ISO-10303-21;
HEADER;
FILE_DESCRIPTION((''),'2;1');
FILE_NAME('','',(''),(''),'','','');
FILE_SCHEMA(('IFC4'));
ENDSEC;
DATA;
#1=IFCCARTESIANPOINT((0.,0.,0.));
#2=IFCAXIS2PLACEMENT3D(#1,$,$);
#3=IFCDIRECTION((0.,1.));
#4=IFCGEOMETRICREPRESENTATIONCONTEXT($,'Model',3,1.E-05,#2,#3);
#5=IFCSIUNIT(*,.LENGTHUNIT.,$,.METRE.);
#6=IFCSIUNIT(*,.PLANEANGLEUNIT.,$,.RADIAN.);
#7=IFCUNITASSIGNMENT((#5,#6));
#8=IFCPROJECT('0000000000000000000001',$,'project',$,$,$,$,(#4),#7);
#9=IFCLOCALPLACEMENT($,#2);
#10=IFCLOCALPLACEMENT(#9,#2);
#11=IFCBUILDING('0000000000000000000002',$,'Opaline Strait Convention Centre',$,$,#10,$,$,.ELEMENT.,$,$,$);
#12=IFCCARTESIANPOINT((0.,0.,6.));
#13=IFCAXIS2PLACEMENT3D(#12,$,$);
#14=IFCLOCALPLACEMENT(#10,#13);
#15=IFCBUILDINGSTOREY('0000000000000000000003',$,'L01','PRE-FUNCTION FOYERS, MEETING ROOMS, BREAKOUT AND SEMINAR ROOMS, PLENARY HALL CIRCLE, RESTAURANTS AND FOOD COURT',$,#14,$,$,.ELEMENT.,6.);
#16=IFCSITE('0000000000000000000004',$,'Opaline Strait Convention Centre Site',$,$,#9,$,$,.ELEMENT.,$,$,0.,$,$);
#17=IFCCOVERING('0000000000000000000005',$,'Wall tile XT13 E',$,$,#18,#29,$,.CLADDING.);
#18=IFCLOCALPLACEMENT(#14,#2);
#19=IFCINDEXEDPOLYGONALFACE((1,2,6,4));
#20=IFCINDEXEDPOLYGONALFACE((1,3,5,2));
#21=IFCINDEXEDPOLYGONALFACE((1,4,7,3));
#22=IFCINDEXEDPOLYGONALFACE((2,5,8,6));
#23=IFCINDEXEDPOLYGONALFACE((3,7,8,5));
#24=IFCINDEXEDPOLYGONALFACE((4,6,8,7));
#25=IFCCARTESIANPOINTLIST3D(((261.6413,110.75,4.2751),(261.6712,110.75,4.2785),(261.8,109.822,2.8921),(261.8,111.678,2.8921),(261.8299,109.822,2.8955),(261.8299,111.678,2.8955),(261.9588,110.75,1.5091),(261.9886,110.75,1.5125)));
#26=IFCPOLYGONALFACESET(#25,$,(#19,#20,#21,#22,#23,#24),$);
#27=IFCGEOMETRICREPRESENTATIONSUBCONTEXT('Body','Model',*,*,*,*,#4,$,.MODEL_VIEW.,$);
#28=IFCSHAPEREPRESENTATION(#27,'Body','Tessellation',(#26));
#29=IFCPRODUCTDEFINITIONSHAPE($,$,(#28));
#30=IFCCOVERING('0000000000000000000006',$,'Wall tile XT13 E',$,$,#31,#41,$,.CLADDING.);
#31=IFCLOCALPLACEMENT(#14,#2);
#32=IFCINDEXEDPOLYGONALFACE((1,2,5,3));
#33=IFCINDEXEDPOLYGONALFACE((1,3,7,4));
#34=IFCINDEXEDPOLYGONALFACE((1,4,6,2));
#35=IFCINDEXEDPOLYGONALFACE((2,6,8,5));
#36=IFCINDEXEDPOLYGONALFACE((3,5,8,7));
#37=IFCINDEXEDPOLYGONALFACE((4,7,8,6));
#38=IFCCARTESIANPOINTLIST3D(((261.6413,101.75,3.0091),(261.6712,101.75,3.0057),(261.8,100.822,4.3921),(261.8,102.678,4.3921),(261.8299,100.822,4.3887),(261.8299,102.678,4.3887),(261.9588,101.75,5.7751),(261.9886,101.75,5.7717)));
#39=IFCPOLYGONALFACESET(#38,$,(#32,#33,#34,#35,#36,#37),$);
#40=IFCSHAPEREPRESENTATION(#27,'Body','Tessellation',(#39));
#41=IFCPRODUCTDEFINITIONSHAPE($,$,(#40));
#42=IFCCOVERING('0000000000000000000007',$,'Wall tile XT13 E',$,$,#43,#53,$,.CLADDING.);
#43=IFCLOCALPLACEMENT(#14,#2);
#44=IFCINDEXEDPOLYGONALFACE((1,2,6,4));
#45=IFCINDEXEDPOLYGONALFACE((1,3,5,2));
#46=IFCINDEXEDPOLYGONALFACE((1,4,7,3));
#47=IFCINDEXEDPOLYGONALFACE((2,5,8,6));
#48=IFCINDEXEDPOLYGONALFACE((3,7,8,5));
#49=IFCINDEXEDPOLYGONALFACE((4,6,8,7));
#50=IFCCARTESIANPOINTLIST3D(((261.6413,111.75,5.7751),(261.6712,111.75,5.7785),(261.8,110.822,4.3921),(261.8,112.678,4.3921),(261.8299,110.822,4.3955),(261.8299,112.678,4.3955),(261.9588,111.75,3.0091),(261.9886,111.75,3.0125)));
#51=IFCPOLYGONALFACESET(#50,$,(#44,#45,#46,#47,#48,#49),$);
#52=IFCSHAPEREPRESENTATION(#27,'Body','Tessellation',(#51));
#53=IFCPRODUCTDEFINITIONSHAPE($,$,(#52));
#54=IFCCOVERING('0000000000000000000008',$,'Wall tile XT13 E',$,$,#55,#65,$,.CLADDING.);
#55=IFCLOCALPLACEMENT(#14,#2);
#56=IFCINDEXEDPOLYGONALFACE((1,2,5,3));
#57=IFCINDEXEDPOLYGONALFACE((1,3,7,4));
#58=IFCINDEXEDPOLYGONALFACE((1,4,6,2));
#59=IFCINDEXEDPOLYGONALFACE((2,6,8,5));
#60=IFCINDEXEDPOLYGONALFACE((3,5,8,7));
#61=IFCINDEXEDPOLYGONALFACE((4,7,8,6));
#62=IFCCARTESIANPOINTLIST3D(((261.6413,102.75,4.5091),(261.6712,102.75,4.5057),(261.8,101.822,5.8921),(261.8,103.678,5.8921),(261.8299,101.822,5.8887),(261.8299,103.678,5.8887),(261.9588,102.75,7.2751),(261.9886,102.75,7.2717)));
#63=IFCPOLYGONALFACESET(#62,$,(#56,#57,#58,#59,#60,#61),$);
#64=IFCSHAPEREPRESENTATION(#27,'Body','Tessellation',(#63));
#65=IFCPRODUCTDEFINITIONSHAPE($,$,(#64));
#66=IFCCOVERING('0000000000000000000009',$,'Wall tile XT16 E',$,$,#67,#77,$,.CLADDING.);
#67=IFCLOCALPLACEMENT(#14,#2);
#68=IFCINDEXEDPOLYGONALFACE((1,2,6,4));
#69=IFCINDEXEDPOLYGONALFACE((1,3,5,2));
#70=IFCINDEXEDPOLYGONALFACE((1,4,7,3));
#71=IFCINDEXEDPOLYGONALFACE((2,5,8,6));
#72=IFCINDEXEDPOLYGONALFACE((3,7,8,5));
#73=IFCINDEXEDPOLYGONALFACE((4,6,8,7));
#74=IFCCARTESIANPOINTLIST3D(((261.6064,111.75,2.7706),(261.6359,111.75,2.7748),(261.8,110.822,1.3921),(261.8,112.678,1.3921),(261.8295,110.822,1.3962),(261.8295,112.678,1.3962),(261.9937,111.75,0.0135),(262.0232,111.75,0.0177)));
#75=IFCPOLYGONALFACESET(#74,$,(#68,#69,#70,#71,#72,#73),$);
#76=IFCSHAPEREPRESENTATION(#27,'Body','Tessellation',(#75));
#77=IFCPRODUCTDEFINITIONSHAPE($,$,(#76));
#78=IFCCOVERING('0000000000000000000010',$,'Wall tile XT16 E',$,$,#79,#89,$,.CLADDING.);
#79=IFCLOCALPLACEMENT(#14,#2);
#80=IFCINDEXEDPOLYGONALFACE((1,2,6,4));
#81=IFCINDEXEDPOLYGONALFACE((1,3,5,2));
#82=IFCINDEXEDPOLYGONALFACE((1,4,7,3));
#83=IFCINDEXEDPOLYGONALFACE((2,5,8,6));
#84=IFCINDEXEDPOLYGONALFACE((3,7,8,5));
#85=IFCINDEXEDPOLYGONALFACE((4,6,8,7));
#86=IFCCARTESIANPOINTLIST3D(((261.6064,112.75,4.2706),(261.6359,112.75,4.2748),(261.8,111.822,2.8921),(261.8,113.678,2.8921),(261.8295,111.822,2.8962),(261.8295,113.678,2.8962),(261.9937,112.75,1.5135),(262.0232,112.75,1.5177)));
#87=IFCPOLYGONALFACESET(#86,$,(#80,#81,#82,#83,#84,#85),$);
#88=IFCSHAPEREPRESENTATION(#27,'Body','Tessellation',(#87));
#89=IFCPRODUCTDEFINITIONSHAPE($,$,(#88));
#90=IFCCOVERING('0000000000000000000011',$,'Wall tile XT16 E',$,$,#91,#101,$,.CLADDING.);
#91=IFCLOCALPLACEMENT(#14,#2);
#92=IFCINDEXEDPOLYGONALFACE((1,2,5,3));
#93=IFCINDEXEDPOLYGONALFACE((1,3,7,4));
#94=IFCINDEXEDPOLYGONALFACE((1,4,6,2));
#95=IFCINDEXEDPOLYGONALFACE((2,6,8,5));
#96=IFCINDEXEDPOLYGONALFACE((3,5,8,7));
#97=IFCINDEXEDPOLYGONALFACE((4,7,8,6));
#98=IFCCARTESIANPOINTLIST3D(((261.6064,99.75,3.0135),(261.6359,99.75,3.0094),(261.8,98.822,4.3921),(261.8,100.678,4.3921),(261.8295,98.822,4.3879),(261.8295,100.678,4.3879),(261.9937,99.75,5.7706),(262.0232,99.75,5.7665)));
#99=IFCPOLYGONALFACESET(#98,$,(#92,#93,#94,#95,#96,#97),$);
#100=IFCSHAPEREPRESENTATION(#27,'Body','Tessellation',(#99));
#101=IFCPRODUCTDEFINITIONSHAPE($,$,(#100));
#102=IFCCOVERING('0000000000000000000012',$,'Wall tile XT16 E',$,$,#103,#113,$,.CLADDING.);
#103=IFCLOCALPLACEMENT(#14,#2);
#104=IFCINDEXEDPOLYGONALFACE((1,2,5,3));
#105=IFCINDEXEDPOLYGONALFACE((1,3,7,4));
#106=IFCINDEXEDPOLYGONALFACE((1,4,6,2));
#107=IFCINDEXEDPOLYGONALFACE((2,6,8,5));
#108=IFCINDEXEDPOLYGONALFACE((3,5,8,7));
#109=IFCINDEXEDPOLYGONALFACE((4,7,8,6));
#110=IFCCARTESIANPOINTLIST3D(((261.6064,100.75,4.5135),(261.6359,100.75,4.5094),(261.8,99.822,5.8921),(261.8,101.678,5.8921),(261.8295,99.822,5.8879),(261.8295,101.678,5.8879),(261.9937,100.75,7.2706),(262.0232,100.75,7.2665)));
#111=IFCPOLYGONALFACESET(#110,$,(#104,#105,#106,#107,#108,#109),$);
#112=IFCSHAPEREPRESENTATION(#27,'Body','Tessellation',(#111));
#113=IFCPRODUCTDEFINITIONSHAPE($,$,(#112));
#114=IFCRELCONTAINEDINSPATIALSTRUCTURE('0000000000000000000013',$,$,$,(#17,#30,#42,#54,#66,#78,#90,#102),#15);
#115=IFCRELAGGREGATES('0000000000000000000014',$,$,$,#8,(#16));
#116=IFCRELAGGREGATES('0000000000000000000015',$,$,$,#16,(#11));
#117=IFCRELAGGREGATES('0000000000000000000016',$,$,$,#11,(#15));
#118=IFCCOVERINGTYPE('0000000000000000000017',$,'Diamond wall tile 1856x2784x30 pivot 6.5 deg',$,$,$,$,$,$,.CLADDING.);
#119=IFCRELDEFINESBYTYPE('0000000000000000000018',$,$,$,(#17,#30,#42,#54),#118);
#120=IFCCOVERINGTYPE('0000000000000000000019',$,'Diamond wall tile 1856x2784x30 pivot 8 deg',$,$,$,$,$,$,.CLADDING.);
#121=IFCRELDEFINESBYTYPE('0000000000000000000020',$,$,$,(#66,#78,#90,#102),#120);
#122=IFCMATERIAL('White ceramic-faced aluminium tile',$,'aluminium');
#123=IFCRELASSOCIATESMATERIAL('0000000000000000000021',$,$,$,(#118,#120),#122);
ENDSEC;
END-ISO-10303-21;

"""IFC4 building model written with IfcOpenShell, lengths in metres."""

from ifc_helpers import new_model, si_unit, direction, frame, origin, place, context, subcontext, project, spatial, polyline, outline, extrude, material, material_profile, profile_set, type_object, element, save


model = new_model("IFC4")

# Units and contexts
model_context = context("Model", 3, precision=1e-05, world=origin(), true_north=direction((0.0, 1.0)))
body_context = subcontext(model_context, "Body", "Model", "MODEL_VIEW")
ifc_project = project(units=[si_unit("LENGTHUNIT", "METRE"), si_unit("PLANEANGLEUNIT", "RADIAN")], contexts=[model_context])

# Site, building, storey
site_placement = place(None, origin())
site = spatial("IfcSite", under=ifc_project, at=site_placement, Name="Opaline Strait Convention Centre Site", CompositionType="ELEMENT", RefElevation=0.0)
building_placement = place(site_placement, origin())
building = spatial("IfcBuilding", under=site, at=building_placement, Name="Opaline Strait Convention Centre", CompositionType="ELEMENT")
storey_placement = place(building_placement, frame((0.0, 0.0, 6.0)))
storey = spatial("IfcBuildingStorey", under=building, at=storey_placement, Name="L01", Description="PRE-FUNCTION FOYERS, MEETING ROOMS, BREAKOUT AND SEMINAR ROOMS, PLENARY HALL CIRCLE, RESTAURANTS AND FOOD COURT", CompositionType="ELEMENT", Elevation=6.0)

# Coverings
ifc_material = material(Name="White ceramic-faced aluminium tile", Category="aluminium")
ifc_material_profile_1 = material_profile(ifc_material, outline(polyline([(0.928, 0.0), (0.0, 1.3921), (-0.928, 0.0), (0.0, -1.3921), (0.928, 0.0)])), Name="Diamond tile 1856x2784")
ifc_profile_set_1 = profile_set([ifc_material_profile_1], Name="White ceramic-faced aluminium tile")
covering_type_1 = type_object("IfcCoveringType", Name="Diamond wall tile 1856x2784x30 pivot 6.5 deg", PredefinedType="CLADDING", material=ifc_profile_set_1)
for number, where, z_axis, x_axis, name in (
    (1, (261.8, 110.75, 2.8921), (0.99348, 0.0, 0.114006), (0.0, 1.0, 0.0), "Wall tile XT13 E"),
    (2, (261.8, 101.75, 4.3921), (0.99348, 0.0, -0.114006), (0.0, 1.0, 0.0), "Wall tile XT13 E"),
    (3, (261.8, 111.75, 4.3921), (0.99348, 0.0, 0.114006), (0.0, 1.0, 0.0), "Wall tile XT13 E"),
    (4, (261.8, 102.75, 5.8921), (0.99348, 0.0, -0.114006), (0.0, 1.0, 0.0), "Wall tile XT13 E"),
):
    element("IfcCovering", number, at=place(storey_placement, frame(where, z_axis=z_axis, x_axis=x_axis)), inside=storey, type_object=covering_type_1, Name=name, PredefinedType="CLADDING", context=body_context, shape_type="SweptSolid", body=[
        extrude(outline(polyline([(0.928, 0.0), (0.0, 1.3921), (-0.928, 0.0), (0.0, -1.3921), (0.928, 0.0)])), origin(), (0.0, 0.0, 1.0), 0.03),
    ])
ifc_material_profile_2 = material_profile(ifc_material, outline(polyline([(0.928, 0.0), (0.0, 1.3921), (-0.928, 0.0), (0.0, -1.3921), (0.928, 0.0)])), Name="Diamond tile 1856x2784")
ifc_profile_set_2 = profile_set([ifc_material_profile_2], Name="White ceramic-faced aluminium tile")
covering_type_2 = type_object("IfcCoveringType", Name="Diamond wall tile 1856x2784x30 pivot 8 deg", PredefinedType="CLADDING", material=ifc_profile_set_2)
for number, where, z_axis, x_axis, name in (
    (5, (261.8, 111.75, 1.3921), (0.990274, 0.0, 0.139129), (0.0, 1.0, 0.0), "Wall tile XT16 E"),
    (6, (261.8, 112.75, 2.8921), (0.990274, 0.0, 0.139129), (0.0, 1.0, 0.0), "Wall tile XT16 E"),
    (7, (261.8, 99.75, 4.3921), (0.990274, 0.0, -0.139129), (0.0, 1.0, 0.0), "Wall tile XT16 E"),
    (8, (261.8, 100.75, 5.8921), (0.990274, 0.0, -0.139129), (0.0, 1.0, 0.0), "Wall tile XT16 E"),
):
    element("IfcCovering", number, at=place(storey_placement, frame(where, z_axis=z_axis, x_axis=x_axis)), inside=storey, type_object=covering_type_2, Name=name, PredefinedType="CLADDING", context=body_context, shape_type="SweptSolid", body=[
        extrude(outline(polyline([(0.928, 0.0), (0.0, 1.3921), (-0.928, 0.0), (0.0, -1.3921), (0.928, 0.0)])), origin(), (0.0, 0.0, 1.0), 0.0298),
    ])

save(model, "model.ifc")
